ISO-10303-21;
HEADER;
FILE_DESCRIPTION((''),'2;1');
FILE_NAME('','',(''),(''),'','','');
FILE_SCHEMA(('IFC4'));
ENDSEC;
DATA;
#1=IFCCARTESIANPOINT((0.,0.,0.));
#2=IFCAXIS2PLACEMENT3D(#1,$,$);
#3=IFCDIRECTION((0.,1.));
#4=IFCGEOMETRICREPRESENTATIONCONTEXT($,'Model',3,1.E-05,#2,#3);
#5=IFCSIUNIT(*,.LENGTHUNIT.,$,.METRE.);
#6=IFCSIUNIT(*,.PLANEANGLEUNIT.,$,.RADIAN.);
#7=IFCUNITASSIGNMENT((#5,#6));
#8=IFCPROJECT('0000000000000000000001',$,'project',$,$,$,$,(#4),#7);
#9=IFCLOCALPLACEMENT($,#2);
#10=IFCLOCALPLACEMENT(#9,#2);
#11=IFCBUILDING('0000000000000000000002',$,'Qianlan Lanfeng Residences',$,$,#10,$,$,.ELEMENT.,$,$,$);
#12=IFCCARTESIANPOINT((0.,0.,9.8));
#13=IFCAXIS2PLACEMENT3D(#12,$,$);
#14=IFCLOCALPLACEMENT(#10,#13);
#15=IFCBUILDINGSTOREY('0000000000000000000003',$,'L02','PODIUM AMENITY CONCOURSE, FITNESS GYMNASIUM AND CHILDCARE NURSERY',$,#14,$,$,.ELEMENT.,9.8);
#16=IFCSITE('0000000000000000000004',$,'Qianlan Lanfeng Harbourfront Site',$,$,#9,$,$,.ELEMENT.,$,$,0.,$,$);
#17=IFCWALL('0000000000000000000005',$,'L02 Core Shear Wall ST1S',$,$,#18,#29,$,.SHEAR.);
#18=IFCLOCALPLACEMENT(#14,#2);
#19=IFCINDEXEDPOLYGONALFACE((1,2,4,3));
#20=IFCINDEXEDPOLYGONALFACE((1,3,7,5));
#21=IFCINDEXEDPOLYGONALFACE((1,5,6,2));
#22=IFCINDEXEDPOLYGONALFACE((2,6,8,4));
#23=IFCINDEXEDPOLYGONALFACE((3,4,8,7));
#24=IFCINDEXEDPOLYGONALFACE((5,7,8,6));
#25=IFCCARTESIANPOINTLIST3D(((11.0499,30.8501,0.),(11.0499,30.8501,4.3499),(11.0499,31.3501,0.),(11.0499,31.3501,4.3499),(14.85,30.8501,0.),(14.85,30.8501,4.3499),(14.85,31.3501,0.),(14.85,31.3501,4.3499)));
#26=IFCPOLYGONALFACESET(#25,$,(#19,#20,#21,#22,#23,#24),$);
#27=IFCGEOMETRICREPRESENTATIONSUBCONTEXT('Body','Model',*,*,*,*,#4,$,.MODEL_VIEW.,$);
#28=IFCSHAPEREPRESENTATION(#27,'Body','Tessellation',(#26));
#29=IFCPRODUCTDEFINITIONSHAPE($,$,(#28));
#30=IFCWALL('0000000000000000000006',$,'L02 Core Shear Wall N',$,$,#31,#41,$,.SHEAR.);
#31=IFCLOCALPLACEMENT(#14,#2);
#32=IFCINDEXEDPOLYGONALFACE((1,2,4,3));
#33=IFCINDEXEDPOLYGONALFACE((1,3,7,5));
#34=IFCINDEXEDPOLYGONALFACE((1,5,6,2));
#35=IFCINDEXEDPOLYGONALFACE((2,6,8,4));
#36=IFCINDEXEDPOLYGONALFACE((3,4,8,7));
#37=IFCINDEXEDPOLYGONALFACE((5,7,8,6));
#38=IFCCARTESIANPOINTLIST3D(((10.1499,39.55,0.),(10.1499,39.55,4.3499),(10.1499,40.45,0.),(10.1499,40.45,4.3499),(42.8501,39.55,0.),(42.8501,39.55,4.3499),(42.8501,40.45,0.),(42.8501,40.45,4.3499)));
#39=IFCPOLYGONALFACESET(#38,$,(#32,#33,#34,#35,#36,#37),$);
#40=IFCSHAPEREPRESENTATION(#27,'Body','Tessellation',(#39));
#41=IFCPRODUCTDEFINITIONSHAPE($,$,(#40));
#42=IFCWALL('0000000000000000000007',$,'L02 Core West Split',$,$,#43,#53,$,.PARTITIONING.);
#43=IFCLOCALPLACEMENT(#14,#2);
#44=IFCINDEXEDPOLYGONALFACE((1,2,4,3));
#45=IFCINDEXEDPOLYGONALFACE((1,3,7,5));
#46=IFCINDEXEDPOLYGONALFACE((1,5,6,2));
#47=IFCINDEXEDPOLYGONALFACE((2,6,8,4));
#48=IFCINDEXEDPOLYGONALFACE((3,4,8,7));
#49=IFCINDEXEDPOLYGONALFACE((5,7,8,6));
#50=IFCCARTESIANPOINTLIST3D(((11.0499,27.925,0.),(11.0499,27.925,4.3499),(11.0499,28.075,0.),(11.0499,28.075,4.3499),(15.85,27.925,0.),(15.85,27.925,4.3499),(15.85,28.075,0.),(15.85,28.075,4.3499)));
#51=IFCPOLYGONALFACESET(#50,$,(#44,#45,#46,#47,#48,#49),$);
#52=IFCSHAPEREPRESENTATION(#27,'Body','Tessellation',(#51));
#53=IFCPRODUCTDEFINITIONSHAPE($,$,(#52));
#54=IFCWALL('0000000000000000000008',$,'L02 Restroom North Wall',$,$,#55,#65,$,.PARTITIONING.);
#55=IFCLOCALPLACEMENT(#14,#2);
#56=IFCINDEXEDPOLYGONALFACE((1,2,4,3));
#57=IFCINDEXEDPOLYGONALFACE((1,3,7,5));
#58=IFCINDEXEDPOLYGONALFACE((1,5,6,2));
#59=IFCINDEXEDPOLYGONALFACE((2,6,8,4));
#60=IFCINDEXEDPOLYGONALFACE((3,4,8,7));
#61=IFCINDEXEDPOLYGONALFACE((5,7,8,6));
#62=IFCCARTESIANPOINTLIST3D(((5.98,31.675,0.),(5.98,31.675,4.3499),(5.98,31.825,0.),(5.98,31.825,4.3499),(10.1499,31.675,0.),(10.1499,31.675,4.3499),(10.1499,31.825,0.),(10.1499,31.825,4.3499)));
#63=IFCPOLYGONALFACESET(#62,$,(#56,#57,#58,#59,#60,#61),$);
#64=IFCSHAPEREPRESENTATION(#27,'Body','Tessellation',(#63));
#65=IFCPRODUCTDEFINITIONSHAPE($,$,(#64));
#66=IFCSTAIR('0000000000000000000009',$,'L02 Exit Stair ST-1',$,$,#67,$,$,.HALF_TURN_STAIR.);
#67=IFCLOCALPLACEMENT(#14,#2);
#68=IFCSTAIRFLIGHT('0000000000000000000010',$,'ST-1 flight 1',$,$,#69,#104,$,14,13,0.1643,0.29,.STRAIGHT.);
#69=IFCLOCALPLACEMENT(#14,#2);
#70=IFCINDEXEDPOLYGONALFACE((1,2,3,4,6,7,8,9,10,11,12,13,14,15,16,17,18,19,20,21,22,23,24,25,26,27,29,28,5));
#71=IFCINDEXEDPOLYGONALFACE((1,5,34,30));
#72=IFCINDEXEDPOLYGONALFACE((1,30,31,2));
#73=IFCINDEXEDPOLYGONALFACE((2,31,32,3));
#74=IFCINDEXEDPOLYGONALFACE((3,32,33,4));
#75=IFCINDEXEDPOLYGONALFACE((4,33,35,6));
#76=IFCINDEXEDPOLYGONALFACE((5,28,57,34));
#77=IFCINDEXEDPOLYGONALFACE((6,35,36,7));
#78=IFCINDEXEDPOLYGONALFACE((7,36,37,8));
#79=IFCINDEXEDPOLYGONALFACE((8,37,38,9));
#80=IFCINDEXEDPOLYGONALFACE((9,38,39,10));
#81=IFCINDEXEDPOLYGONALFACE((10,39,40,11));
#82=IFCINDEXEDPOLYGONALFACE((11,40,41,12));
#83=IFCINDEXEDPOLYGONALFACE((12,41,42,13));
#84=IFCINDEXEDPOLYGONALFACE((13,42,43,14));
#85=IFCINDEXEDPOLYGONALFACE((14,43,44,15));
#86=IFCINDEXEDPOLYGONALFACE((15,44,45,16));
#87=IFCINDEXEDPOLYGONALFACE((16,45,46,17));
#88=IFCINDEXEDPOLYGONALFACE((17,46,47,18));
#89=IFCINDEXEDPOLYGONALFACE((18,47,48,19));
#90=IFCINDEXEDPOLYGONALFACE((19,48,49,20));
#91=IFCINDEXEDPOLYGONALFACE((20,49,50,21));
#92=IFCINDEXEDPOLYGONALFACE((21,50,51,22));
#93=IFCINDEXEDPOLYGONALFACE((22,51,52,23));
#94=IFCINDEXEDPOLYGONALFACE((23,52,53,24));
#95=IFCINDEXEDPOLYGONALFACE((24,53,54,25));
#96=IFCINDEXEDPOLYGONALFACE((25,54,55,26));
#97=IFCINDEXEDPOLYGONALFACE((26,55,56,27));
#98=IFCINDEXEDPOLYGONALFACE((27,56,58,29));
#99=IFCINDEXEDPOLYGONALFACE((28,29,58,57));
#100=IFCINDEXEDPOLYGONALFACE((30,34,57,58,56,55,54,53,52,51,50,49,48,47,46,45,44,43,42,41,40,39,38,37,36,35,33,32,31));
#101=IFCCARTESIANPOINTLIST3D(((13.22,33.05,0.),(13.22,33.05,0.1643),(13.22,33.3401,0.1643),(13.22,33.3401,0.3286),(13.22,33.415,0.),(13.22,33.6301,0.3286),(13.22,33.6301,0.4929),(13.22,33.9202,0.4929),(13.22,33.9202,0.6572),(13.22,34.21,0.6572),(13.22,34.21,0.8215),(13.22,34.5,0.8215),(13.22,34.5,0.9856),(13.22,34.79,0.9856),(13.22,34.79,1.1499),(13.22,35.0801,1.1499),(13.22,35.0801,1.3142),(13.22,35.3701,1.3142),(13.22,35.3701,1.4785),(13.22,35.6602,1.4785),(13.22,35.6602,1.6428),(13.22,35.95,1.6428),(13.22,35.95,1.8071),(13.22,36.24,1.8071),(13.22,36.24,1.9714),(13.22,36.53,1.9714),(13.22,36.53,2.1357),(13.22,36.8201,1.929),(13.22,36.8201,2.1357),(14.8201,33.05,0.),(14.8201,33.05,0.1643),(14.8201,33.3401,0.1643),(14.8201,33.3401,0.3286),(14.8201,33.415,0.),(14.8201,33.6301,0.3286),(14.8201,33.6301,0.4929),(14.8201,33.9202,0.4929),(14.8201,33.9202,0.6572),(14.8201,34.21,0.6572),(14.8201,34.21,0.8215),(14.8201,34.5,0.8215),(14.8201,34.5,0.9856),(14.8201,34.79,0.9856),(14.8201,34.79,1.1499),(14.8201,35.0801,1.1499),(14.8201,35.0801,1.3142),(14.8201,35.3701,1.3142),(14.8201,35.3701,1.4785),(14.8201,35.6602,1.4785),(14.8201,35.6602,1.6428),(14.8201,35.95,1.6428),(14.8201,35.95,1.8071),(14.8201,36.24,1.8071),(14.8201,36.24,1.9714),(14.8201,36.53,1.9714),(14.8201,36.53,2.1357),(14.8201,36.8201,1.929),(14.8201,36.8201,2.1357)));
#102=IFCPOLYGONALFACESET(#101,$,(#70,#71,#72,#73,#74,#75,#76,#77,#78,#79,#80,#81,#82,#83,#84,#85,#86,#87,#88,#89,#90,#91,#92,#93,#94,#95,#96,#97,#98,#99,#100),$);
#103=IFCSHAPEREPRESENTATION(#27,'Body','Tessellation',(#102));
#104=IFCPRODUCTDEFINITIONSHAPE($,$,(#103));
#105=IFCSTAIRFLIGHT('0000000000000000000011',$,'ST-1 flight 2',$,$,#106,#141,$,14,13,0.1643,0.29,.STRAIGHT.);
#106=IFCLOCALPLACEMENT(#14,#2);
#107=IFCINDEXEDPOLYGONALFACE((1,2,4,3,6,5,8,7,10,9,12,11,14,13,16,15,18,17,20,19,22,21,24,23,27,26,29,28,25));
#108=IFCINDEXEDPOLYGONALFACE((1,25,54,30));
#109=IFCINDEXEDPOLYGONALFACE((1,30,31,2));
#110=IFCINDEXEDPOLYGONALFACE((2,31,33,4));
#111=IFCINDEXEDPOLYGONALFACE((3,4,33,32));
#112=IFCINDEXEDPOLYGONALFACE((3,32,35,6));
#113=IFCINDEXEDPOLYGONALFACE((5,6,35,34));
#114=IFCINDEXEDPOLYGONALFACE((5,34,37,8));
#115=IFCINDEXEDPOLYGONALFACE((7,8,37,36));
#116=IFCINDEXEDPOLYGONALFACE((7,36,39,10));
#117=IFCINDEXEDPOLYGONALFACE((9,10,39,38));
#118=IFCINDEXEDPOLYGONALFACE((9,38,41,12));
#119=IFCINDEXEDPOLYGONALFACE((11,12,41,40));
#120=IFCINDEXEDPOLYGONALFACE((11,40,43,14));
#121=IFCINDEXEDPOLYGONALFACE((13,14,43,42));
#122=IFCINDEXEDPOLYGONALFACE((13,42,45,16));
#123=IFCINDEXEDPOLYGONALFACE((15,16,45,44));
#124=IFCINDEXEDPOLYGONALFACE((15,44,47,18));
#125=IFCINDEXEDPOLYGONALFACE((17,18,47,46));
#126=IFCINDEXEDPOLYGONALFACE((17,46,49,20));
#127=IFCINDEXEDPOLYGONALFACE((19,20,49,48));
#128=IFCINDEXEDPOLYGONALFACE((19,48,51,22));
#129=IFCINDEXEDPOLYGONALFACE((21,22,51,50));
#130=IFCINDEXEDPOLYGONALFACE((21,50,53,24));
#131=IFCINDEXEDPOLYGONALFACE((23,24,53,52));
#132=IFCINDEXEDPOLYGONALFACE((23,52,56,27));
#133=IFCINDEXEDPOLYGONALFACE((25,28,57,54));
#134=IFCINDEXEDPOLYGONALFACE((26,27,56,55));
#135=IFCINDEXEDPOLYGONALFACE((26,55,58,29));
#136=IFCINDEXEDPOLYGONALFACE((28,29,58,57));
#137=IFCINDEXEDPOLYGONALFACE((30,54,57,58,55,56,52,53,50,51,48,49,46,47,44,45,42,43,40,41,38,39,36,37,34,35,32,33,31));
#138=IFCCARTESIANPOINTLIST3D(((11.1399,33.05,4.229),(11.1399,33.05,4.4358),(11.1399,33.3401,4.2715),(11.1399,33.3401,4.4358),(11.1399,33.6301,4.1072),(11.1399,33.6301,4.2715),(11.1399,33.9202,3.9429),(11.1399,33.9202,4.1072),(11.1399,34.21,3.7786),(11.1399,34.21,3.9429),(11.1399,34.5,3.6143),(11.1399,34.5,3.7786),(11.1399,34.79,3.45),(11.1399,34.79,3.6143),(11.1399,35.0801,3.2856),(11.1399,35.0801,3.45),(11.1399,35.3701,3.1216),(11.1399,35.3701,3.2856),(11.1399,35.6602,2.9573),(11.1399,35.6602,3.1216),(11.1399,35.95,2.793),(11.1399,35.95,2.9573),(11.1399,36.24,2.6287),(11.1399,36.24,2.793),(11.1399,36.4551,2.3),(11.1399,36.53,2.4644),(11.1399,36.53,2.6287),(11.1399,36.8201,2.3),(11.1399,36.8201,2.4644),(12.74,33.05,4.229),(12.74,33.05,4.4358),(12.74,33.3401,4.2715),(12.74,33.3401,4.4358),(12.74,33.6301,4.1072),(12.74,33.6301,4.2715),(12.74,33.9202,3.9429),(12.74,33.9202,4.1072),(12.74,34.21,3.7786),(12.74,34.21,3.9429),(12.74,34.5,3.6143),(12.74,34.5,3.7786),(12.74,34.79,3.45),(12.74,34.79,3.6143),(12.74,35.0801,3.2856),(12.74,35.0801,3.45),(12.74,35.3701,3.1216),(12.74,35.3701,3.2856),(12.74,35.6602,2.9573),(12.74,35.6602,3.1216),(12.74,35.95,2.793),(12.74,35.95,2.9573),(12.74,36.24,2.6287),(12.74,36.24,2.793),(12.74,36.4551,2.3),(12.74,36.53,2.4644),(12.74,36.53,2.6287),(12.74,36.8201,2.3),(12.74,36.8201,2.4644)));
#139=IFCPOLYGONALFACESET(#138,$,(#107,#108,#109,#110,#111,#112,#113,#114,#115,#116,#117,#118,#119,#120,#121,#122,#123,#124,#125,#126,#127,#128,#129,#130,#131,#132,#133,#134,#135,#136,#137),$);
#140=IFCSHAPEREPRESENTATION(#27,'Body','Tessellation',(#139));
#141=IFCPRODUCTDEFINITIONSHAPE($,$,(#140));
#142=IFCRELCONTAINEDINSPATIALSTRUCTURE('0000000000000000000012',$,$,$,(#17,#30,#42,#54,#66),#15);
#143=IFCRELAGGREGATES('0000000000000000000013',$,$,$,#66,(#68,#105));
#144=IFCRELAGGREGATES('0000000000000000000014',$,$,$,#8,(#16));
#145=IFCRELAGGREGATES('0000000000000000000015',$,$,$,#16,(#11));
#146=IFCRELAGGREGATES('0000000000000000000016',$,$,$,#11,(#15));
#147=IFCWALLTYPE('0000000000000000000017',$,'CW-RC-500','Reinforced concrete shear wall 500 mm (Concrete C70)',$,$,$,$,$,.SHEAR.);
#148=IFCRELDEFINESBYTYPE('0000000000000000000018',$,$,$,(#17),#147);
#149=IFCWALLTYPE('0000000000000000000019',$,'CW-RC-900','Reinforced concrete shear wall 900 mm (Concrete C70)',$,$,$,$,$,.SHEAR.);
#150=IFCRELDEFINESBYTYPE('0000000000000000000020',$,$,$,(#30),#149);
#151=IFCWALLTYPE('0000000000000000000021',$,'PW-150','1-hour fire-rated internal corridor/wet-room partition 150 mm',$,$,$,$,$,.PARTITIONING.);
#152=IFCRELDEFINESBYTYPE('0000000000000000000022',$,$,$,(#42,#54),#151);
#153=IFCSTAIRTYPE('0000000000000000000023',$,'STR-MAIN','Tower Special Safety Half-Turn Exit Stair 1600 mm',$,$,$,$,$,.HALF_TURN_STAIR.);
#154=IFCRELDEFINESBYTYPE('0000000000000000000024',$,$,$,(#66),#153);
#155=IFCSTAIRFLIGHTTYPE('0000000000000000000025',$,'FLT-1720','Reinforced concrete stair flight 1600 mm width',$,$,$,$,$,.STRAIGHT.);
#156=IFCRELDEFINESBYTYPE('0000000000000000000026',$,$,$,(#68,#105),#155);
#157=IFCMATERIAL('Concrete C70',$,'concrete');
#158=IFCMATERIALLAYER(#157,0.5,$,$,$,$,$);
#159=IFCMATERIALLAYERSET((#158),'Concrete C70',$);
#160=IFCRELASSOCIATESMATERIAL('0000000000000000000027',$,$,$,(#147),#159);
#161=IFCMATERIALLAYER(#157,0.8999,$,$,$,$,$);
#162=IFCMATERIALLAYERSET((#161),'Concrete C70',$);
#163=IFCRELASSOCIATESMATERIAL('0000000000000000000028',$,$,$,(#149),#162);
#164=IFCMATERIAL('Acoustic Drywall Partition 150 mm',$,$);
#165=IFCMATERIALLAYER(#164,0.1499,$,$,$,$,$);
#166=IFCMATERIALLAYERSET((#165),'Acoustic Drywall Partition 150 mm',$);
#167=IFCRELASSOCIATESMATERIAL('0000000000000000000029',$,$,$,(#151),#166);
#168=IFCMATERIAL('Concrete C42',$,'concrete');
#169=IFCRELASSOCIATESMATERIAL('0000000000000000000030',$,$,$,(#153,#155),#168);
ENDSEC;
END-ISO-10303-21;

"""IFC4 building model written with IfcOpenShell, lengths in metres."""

from ifc_helpers import new_model, si_unit, direction, frame, frame_2d, origin, place, context, subcontext, project, spatial, polyline, rectangle, outline, extrude, material, layer, layer_set, type_object, element, aggregate, save


model = new_model("IFC4")

# Units and contexts
model_context = context("Model", 3, precision=1e-05, world=origin(), true_north=direction((0.0, 1.0)))
body_context = subcontext(model_context, "Body", "Model", "MODEL_VIEW")
ifc_project = project(units=[si_unit("LENGTHUNIT", "METRE"), si_unit("PLANEANGLEUNIT", "RADIAN")], contexts=[model_context])

# Site, building, storey
site_placement = place(None, origin())
site = spatial("IfcSite", under=ifc_project, at=site_placement, Name="Qianlan Lanfeng Harbourfront Site", CompositionType="ELEMENT", RefElevation=0.0)
building_placement = place(site_placement, origin())
building = spatial("IfcBuilding", under=site, at=building_placement, Name="Qianlan Lanfeng Residences", CompositionType="ELEMENT")
storey_placement = place(building_placement, frame((0.0, 0.0, 9.8)))
storey = spatial("IfcBuildingStorey", under=building, at=storey_placement, Name="L02", Description="PODIUM AMENITY CONCOURSE, FITNESS GYMNASIUM AND CHILDCARE NURSERY", CompositionType="ELEMENT", Elevation=9.8)

# Walls
ifc_material_1 = material(Name="Concrete C70", Category="concrete")
ifc_layer_1 = layer(ifc_material_1, 0.5)
ifc_layer_set_1 = layer_set([ifc_layer_1], Name="Concrete C70")
wall_type_1 = type_object("IfcWallType", Name="CW-RC-500", Description="Reinforced concrete shear wall 500 mm (Concrete C70)", PredefinedType="SHEAR", material=ifc_layer_set_1)
wall_1_placement = place(storey_placement, frame((11.05, 31.1001, 0.0), z_axis=(0.0, 0.0, 1.0), x_axis=(1.0, 0.0, 0.0)))
element("IfcWall", 1, at=wall_1_placement, inside=storey, type_object=wall_type_1, Name="L02 Core Shear Wall ST1S", PredefinedType="SHEAR", context=body_context, shape_type="SweptSolid", body=[
    extrude(rectangle(XDim=3.8, YDim=0.5, at=frame_2d((1.8999, 0.0))), origin(), (0.0, 0.0, 1.0), 4.3499),
])
ifc_layer_2 = layer(ifc_material_1, 0.8999)
ifc_layer_set_2 = layer_set([ifc_layer_2], Name="Concrete C70")
wall_type_2 = type_object("IfcWallType", Name="CW-RC-900", Description="Reinforced concrete shear wall 900 mm (Concrete C70)", PredefinedType="SHEAR", material=ifc_layer_set_2)
wall_2_placement = place(storey_placement, frame((10.1499, 40.0, 0.0), z_axis=(0.0, 0.0, 1.0), x_axis=(1.0, 0.0, 0.0)))
element("IfcWall", 2, at=wall_2_placement, inside=storey, type_object=wall_type_2, Name="L02 Core Shear Wall N", PredefinedType="SHEAR", context=body_context, shape_type="SweptSolid", body=[
    extrude(rectangle(XDim=32.7002, YDim=0.8999, at=frame_2d((16.3501, 0.0))), origin(), (0.0, 0.0, 1.0), 4.3499),
])
ifc_material_2 = material(Name="Acoustic Drywall Partition 150 mm")
ifc_layer_3 = layer(ifc_material_2, 0.1499)
ifc_layer_set_3 = layer_set([ifc_layer_3], Name="Acoustic Drywall Partition 150 mm")
wall_type_3 = type_object("IfcWallType", Name="PW-150", Description="1-hour fire-rated internal corridor/wet-room partition 150 mm", PredefinedType="PARTITIONING", material=ifc_layer_set_3)
wall_3_placement = place(storey_placement, frame((11.05, 28.0, 0.0), z_axis=(0.0, 0.0, 1.0), x_axis=(1.0, 0.0, 0.0)))
element("IfcWall", 3, at=wall_3_placement, inside=storey, type_object=wall_type_3, Name="L02 Core West Split", PredefinedType="PARTITIONING", context=body_context, shape_type="SweptSolid", body=[
    extrude(rectangle(XDim=4.8, YDim=0.1499, at=frame_2d((2.3999, 0.0))), origin(), (0.0, 0.0, 1.0), 4.3499),
])
wall_4_placement = place(storey_placement, frame((5.98, 31.75, 0.0), z_axis=(0.0, 0.0, 1.0), x_axis=(1.0, 0.0, 0.0)))
element("IfcWall", 4, at=wall_4_placement, inside=storey, type_object=wall_type_3, Name="L02 Restroom North Wall", PredefinedType="PARTITIONING", context=body_context, shape_type="SweptSolid", body=[
    extrude(rectangle(XDim=4.1699, YDim=0.1499, at=frame_2d((2.085, 0.0))), origin(), (0.0, 0.0, 1.0), 4.3499),
])

# Stair, stair flights
ifc_material_3 = material(Name="Concrete C42", Category="concrete")
stair_type = type_object("IfcStairType", Name="STR-MAIN", Description="Tower Special Safety Half-Turn Exit Stair 1600 mm", PredefinedType="HALF_TURN_STAIR", material=ifc_material_3)
stair_placement = place(storey_placement, origin())
stair = element("IfcStair", 5, at=stair_placement, inside=storey, type_object=stair_type, Name="L02 Exit Stair ST-1", PredefinedType="HALF_TURN_STAIR")
stair_flight_type = type_object("IfcStairFlightType", Name="FLT-1720", Description="Reinforced concrete stair flight 1600 mm width", PredefinedType="STRAIGHT", material=ifc_material_3)
stair_flight_1_placement = place(storey_placement, frame((14.02, 33.05, 0.0), z_axis=(0.0, 0.0, 1.0), x_axis=(0.0, 1.0, 0.0)))
stair_flight_1 = element("IfcStairFlight", 6, at=stair_flight_1_placement, type_object=stair_flight_type, Name="ST-1 flight 1", NumberOfRisers=14, NumberOfTreads=13, PredefinedType="STRAIGHT", RiserHeight=0.1643, TreadLength=0.29, context=body_context, shape_type="SweptSolid", body=[
    extrude(outline(polyline([(0.0, 0.0), (0.0, 0.1643), (0.29, 0.1643), (0.29, 0.3286), (0.5801, 0.3286), (0.5801, 0.4929), (0.8701, 0.4929), (0.8701, 0.6572), (1.1599, 0.6572), (1.1599, 0.8215), (1.45, 0.8215), (1.45, 0.9856), (1.74, 0.9856), (1.74, 1.1499), (2.03, 1.1499), (2.03, 1.3142), (2.3201, 1.3142), (2.3201, 1.4785), (2.6101, 1.4785), (2.6101, 1.6428), (2.8999, 1.6428), (2.8999, 1.8071), (3.1899, 1.8071), (3.1899, 1.9714), (3.48, 1.9714), (3.48, 2.1357), (3.77, 2.1357), (3.77, 2.3), (3.77, 1.929), (0.365, 0.0), (0.0, 0.0)])), frame((0.0, 0.8, 0.0), z_axis=(0.0, -1.0, 0.0), x_axis=(1.0, 0.0, 0.0)), (0.0, 0.0, 1.0), 1.6001),
])
stair_flight_2_placement = place(storey_placement, frame((11.9399, 36.8201, 2.3), z_axis=(0.0, 0.0, 1.0), x_axis=(0.0, -1.0, 0.0)))
stair_flight_2 = element("IfcStairFlight", 7, at=stair_flight_2_placement, type_object=stair_flight_type, Name="ST-1 flight 2", NumberOfRisers=14, NumberOfTreads=13, PredefinedType="STRAIGHT", RiserHeight=0.1643, TreadLength=0.29, context=body_context, shape_type="SweptSolid", body=[
    extrude(outline(polyline([(0.0, 0.0), (0.0, 0.1643), (0.29, 0.1643), (0.29, 0.3286), (0.5801, 0.3286), (0.5801, 0.4929), (0.8701, 0.4929), (0.8701, 0.6572), (1.1599, 0.6572), (1.1599, 0.8215), (1.45, 0.8215), (1.45, 0.9856), (1.74, 0.9856), (1.74, 1.1499), (2.03, 1.1499), (2.03, 1.3142), (2.3201, 1.3142), (2.3201, 1.4785), (2.6101, 1.4785), (2.6101, 1.6428), (2.8999, 1.6428), (2.8999, 1.8071), (3.1899, 1.8071), (3.1899, 1.9714), (3.48, 1.9714), (3.48, 2.1357), (3.77, 2.1357), (3.77, 2.3), (3.77, 1.929), (0.365, 0.0), (0.0, 0.0)])), frame((0.0, 0.8, 0.0), z_axis=(0.0, -1.0, 0.0), x_axis=(1.0, 0.0, 0.0)), (0.0, 0.0, 1.0), 1.6001),
])
aggregate(stair, [stair_flight_1, stair_flight_2])

save(model, "model.ifc")
